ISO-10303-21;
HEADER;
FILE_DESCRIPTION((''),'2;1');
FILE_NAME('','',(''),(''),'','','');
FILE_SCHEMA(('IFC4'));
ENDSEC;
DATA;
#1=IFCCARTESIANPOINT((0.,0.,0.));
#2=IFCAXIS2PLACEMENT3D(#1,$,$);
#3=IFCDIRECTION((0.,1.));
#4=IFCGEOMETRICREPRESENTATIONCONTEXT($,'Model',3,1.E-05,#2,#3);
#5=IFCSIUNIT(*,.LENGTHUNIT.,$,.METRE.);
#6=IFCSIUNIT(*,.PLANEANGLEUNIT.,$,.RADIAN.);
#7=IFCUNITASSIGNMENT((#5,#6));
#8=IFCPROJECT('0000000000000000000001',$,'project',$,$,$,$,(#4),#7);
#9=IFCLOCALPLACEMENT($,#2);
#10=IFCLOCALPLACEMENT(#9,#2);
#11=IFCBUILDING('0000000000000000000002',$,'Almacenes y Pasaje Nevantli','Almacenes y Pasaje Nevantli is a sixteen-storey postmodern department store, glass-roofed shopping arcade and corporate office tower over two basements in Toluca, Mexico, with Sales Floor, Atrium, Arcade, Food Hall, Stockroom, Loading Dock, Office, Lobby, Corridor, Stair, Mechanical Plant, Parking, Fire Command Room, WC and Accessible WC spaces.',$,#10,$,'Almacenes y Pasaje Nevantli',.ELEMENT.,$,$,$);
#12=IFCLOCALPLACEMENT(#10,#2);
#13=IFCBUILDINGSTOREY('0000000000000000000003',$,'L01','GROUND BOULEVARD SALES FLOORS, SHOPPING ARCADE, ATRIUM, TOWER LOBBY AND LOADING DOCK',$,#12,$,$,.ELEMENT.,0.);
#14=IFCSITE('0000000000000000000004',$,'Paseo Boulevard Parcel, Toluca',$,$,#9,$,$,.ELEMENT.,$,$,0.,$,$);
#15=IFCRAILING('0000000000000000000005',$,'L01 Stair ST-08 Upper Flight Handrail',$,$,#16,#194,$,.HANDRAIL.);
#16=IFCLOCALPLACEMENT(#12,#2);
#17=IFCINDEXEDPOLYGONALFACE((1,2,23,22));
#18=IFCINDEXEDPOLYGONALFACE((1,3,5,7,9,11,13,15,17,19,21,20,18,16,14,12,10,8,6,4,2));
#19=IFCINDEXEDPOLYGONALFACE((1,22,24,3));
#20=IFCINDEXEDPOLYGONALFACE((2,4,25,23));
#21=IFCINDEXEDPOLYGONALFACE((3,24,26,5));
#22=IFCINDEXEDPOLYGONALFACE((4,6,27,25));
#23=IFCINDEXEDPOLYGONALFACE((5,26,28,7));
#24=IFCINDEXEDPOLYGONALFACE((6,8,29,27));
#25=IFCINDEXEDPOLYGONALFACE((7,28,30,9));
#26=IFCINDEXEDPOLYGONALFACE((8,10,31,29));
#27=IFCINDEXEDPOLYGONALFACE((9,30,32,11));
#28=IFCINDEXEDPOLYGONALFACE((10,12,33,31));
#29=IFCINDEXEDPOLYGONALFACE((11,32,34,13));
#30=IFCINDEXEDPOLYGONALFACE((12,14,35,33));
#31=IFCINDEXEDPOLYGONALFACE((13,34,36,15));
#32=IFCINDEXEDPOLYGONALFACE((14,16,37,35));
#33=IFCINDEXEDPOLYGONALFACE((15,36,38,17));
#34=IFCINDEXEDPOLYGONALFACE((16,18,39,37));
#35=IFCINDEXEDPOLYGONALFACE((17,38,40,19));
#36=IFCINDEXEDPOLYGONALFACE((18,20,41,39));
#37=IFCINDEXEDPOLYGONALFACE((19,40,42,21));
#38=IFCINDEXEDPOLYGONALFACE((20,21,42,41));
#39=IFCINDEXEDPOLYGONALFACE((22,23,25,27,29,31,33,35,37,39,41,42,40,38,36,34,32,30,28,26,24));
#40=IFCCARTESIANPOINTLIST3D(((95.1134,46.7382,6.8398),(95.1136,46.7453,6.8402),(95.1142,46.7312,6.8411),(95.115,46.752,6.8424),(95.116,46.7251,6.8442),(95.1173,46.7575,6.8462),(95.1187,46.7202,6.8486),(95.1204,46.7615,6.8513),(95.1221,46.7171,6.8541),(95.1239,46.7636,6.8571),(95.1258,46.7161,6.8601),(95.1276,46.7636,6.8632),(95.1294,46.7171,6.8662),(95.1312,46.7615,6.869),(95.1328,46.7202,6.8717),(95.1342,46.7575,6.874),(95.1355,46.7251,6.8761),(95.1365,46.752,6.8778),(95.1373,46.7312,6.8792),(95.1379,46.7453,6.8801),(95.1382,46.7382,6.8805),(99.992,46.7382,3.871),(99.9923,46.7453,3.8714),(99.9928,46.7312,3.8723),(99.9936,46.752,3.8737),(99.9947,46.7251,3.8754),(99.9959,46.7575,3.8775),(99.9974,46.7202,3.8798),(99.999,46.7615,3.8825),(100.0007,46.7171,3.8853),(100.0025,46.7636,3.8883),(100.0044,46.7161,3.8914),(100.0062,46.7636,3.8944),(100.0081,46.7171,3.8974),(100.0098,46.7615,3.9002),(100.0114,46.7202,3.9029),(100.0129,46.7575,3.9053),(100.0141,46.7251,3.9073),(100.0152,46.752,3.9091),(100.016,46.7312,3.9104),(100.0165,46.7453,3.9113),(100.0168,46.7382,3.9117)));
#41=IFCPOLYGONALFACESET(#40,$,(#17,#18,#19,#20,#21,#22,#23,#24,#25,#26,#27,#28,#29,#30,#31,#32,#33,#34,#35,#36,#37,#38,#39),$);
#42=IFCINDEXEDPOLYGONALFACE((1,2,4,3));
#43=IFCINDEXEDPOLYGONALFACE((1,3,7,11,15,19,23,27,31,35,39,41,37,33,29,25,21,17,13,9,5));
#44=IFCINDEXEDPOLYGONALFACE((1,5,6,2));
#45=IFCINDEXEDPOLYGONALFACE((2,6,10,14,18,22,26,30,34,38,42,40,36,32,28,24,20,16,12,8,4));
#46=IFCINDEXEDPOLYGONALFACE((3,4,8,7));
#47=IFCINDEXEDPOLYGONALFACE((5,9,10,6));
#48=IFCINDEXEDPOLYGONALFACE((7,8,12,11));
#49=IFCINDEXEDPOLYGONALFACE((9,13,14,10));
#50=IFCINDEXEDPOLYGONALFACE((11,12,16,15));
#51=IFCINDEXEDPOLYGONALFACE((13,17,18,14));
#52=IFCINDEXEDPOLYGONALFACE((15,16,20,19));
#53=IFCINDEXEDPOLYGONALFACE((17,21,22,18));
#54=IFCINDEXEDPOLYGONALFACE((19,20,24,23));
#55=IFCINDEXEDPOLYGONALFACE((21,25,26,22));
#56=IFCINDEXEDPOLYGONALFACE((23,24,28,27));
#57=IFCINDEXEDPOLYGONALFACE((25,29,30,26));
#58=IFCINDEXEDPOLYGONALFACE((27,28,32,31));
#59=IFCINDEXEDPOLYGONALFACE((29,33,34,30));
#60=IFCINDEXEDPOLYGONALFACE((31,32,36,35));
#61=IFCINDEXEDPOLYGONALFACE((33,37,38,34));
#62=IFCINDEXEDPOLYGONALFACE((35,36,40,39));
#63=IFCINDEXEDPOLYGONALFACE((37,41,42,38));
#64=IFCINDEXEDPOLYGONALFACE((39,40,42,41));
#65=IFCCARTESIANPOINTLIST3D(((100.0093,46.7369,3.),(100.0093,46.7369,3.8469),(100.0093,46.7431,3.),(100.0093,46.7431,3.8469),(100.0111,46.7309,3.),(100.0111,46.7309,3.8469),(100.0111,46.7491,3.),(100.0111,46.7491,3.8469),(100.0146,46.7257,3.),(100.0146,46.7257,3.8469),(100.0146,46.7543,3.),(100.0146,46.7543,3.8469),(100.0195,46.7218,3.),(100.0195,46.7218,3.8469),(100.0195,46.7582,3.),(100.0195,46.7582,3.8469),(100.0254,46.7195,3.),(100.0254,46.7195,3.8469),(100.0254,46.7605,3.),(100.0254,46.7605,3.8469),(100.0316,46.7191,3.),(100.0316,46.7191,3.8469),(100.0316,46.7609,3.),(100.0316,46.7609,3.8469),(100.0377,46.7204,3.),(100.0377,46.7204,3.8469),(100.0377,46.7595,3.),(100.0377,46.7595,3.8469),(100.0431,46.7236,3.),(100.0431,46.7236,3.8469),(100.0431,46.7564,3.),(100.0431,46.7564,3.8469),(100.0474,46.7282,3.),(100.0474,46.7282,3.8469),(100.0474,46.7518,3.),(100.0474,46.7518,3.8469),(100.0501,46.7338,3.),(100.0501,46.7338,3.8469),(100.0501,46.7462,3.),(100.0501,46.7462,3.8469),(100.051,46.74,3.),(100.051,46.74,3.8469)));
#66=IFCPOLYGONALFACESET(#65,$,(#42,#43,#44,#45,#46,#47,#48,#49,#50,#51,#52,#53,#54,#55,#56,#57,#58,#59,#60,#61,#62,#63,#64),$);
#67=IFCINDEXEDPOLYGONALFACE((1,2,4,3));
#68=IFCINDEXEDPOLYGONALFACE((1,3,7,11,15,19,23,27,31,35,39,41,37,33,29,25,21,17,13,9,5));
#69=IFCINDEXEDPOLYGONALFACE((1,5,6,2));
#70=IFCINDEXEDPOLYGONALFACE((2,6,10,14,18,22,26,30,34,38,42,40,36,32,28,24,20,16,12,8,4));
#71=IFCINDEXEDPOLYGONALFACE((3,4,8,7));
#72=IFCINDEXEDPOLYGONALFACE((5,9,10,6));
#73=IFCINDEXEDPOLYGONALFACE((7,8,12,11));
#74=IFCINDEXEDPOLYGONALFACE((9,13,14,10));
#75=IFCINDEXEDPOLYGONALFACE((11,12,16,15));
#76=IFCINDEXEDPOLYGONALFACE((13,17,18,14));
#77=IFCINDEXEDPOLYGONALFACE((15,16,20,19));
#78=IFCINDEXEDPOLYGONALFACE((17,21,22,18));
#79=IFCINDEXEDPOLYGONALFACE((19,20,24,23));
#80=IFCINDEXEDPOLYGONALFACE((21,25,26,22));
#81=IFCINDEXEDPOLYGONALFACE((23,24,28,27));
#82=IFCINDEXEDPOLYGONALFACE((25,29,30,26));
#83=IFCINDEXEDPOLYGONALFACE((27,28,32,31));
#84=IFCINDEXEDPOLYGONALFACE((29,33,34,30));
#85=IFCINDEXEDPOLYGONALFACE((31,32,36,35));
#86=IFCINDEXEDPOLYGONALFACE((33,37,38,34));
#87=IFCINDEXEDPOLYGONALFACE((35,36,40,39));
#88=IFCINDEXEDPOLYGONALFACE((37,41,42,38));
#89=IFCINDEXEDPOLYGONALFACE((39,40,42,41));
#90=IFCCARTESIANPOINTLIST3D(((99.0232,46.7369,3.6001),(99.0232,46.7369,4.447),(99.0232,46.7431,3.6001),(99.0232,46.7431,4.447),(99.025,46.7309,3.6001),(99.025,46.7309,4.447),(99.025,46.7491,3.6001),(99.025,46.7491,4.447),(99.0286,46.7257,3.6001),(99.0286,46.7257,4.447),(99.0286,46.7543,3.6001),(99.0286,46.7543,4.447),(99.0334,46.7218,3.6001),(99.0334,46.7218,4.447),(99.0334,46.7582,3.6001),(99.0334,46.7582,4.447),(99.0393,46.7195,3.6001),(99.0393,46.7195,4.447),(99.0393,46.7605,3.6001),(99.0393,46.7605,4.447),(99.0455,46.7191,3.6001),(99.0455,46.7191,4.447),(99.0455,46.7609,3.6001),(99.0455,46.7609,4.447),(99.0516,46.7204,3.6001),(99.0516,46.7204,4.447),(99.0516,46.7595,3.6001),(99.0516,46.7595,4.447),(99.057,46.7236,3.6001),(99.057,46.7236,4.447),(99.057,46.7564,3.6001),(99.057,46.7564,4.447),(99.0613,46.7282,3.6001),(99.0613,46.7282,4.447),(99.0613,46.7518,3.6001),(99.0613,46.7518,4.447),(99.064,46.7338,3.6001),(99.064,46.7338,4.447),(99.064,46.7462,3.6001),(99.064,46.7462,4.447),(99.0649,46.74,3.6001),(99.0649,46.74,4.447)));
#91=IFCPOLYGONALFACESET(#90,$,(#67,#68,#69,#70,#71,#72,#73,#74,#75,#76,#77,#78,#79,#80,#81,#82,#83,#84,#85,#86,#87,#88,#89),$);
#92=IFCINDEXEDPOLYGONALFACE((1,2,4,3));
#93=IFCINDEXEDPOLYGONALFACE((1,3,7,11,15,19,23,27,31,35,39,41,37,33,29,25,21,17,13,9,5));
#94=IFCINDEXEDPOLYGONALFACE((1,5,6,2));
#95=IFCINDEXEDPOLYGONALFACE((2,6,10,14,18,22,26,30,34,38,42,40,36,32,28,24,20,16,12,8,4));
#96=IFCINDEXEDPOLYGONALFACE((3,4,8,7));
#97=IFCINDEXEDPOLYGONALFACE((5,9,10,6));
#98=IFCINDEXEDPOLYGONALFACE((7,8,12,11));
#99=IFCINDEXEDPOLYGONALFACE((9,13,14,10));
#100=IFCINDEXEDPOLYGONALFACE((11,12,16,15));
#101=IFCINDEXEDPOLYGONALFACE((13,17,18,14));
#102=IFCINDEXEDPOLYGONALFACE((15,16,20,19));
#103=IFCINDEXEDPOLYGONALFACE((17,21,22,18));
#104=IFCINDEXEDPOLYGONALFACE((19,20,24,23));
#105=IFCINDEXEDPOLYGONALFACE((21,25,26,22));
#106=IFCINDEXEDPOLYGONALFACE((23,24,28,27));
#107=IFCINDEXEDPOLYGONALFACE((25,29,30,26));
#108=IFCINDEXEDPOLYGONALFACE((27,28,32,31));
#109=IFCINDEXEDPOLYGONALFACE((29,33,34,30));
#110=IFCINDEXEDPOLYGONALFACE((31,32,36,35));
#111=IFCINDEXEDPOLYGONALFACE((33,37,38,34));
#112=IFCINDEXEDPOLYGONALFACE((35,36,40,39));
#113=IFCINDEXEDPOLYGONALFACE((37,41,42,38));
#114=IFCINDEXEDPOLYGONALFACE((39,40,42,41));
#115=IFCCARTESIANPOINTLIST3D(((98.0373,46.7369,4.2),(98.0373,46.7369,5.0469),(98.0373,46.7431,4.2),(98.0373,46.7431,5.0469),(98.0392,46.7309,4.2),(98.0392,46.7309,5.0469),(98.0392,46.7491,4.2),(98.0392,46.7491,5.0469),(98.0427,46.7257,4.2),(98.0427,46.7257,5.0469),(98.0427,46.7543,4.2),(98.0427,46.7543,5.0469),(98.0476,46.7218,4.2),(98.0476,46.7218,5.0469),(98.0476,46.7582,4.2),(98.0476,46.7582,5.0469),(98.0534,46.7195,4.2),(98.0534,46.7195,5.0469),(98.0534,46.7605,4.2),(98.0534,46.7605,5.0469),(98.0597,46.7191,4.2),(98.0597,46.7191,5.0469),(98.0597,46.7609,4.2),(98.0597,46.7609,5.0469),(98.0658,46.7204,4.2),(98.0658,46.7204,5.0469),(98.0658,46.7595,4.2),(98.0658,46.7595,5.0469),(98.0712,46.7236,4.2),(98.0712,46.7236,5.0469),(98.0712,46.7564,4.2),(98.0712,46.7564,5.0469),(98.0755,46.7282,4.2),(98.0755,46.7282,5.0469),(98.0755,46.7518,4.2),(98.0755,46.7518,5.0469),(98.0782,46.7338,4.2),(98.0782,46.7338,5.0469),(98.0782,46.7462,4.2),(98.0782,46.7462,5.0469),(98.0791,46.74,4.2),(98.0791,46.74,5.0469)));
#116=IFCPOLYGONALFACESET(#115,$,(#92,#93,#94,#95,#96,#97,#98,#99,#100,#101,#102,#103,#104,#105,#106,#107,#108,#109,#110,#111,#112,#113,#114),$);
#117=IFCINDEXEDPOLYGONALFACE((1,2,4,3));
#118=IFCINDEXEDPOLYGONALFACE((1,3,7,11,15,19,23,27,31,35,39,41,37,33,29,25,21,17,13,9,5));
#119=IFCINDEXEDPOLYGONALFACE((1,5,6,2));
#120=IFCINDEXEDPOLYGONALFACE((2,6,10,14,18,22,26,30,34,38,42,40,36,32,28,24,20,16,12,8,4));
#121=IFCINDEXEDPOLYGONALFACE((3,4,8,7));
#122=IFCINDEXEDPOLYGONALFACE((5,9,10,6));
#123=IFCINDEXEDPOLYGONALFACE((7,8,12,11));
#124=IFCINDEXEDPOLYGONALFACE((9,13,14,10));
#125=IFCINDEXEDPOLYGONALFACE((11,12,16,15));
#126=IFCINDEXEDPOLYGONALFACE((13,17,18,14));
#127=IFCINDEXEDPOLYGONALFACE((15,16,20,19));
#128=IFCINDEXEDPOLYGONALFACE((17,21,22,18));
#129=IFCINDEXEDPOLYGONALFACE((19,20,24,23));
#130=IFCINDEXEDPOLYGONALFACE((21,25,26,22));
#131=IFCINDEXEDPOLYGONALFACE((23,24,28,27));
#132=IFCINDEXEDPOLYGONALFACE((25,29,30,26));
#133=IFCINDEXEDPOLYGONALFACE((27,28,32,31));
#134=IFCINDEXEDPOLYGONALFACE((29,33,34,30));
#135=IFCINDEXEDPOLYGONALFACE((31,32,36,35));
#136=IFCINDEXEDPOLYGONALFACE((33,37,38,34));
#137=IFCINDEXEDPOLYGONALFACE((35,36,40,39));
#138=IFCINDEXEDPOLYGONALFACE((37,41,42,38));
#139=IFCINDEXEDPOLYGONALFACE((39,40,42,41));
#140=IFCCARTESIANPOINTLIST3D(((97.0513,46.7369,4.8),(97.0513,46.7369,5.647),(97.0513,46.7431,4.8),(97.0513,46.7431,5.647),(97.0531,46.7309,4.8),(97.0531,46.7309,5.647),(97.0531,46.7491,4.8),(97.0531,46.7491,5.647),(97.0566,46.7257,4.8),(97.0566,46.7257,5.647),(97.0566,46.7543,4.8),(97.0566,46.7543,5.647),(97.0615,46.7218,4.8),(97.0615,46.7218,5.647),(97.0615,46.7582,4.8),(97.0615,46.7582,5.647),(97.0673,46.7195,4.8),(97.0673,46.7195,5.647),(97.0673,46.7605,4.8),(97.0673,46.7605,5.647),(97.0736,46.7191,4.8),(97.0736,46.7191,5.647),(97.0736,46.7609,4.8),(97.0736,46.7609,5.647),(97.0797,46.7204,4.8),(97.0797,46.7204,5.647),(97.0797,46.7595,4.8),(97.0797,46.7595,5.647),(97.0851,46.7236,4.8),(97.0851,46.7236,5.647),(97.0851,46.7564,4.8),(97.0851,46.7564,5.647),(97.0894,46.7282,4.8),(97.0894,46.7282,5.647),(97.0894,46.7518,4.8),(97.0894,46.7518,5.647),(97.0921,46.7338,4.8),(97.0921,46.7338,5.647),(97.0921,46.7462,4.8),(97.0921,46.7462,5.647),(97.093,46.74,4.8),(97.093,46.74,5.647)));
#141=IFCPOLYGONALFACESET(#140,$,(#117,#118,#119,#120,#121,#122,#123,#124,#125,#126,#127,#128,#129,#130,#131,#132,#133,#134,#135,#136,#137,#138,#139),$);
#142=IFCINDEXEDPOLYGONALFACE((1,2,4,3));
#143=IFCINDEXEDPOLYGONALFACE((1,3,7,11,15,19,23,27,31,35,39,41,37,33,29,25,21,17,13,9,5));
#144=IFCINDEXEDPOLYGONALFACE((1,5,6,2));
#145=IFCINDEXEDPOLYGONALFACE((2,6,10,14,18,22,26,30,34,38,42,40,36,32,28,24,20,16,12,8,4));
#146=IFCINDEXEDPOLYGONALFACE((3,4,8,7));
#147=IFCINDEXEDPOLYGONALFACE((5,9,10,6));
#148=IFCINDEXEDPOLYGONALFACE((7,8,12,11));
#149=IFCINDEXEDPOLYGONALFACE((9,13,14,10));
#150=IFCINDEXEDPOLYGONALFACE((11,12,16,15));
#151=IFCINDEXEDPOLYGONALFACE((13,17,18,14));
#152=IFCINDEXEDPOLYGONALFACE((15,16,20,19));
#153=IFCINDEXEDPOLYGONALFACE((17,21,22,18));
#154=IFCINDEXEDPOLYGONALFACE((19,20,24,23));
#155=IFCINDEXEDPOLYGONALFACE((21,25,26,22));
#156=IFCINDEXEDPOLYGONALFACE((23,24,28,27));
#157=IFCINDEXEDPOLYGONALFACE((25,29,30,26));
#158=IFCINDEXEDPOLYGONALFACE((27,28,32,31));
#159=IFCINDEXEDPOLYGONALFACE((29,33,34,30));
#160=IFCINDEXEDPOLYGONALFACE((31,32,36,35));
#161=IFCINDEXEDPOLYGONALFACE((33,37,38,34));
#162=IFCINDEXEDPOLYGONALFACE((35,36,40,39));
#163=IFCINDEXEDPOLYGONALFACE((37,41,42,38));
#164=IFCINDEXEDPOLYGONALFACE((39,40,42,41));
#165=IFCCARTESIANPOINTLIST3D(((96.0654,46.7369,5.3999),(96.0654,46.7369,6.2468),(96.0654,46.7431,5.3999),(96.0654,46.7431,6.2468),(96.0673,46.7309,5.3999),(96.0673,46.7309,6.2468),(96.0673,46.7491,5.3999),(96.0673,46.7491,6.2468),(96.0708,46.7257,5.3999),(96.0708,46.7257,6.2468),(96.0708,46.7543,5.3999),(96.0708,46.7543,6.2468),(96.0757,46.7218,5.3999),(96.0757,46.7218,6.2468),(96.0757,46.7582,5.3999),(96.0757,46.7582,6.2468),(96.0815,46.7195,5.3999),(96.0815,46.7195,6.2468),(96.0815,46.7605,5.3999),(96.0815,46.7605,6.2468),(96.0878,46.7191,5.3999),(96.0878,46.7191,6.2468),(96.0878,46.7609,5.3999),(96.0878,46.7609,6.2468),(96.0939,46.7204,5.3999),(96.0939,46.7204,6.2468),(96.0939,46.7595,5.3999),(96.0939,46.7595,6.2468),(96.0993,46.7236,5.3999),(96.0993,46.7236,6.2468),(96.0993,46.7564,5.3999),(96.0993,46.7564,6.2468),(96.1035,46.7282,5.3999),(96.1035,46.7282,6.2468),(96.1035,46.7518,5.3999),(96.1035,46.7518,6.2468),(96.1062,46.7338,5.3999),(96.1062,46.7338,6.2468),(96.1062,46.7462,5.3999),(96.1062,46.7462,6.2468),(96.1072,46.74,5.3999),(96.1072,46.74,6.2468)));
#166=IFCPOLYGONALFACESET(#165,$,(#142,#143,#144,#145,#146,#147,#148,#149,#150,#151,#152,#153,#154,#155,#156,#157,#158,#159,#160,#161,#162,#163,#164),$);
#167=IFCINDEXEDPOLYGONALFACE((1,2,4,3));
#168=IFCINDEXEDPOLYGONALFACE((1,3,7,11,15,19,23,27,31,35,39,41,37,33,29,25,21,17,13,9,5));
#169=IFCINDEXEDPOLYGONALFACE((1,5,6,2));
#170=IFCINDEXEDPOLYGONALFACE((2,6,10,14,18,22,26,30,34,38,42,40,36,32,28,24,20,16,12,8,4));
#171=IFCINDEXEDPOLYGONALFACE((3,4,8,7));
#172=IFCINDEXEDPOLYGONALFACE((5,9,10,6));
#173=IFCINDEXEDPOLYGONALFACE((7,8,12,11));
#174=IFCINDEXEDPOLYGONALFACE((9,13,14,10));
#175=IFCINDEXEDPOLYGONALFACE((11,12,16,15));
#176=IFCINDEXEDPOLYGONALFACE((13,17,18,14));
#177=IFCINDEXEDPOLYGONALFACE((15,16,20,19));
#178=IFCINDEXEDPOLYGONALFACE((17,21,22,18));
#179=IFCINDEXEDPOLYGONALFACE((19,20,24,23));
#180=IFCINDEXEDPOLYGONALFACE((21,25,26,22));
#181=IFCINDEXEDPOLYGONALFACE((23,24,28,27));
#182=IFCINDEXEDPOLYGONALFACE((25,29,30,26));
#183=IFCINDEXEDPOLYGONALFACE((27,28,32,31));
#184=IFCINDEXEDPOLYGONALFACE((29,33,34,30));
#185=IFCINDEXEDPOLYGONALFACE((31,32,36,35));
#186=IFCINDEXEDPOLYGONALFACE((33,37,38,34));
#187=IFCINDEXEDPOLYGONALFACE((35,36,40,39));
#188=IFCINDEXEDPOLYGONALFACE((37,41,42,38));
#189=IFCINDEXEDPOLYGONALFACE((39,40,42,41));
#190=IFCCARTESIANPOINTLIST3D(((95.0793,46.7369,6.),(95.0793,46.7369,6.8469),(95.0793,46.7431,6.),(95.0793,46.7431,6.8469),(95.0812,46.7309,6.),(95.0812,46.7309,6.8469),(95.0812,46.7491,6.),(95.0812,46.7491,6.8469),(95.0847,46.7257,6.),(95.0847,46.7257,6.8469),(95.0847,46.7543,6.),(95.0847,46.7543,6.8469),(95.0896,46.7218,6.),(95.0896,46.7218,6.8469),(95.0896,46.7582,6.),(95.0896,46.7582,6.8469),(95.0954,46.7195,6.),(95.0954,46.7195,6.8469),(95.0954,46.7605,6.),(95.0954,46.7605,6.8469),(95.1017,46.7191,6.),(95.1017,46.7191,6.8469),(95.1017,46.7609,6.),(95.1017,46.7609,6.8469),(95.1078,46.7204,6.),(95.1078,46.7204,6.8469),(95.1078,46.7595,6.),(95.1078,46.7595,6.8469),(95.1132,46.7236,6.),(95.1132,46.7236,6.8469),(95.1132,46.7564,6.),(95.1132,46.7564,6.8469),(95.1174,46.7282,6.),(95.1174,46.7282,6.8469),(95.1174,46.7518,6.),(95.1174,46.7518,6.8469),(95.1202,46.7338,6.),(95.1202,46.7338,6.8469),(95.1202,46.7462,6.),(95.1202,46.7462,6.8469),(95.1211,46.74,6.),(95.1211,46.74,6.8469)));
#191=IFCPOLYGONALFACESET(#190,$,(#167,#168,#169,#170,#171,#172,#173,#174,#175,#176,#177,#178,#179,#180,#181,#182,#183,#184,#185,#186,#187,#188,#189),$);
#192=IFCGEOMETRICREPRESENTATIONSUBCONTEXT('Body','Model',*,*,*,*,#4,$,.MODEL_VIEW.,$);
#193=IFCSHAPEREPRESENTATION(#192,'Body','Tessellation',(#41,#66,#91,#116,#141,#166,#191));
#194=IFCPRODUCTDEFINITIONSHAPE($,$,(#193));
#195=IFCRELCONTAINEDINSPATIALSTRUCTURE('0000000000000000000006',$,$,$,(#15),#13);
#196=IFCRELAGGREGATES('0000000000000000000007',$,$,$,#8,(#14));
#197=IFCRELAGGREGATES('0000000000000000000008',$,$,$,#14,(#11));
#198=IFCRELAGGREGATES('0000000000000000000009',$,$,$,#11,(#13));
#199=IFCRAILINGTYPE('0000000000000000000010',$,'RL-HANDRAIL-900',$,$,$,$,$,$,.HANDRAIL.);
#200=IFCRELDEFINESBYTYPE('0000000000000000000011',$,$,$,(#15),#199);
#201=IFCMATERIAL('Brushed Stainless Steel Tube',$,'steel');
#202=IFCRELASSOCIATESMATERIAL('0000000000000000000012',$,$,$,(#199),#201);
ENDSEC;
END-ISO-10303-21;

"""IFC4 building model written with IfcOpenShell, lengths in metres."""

from ifc_helpers import new_model, si_unit, direction, frame, origin, origin_2d, place, context, subcontext, project, spatial, circle, extrude, material, type_object, element, save


model = new_model("IFC4")

# Units and contexts
model_context = context("Model", 3, precision=1e-05, world=origin(), true_north=direction((0.0, 1.0)))
body_context = subcontext(model_context, "Body", "Model", "MODEL_VIEW")
ifc_project = project(units=[si_unit("LENGTHUNIT", "METRE"), si_unit("PLANEANGLEUNIT", "RADIAN")], contexts=[model_context])

# Site, building, storey
site_placement = place(None, origin())
site = spatial("IfcSite", under=ifc_project, at=site_placement, Name="Paseo Boulevard Parcel, Toluca", CompositionType="ELEMENT", RefElevation=0.0)
building_placement = place(site_placement, origin())
building = spatial("IfcBuilding", under=site, at=building_placement, Name="Almacenes y Pasaje Nevantli", Description="Almacenes y Pasaje Nevantli is a sixteen-storey postmodern department store, glass-roofed shopping arcade and corporate office tower over two basements in Toluca, Mexico, with Sales Floor, Atrium, Arcade, Food Hall, Stockroom, Loading Dock, Office, Lobby, Corridor, Stair, Mechanical Plant, Parking, Fire Command Room, WC and Accessible WC spaces.", LongName="Almacenes y Pasaje Nevantli", CompositionType="ELEMENT")
storey_placement = place(building_placement, origin())
storey = spatial("IfcBuildingStorey", under=building, at=storey_placement, Name="L01", Description="GROUND BOULEVARD SALES FLOORS, SHOPPING ARCADE, ATRIUM, TOWER LOBBY AND LOADING DOCK", CompositionType="ELEMENT", Elevation=0.0)

# Railing
ifc_material_1 = material(Name="Brushed Stainless Steel Tube", Category="steel")
railing_type_1 = type_object("IfcRailingType", Name="RL-HANDRAIL-900", PredefinedType="HANDRAIL", material=ifc_material_1)
railing_1_placement = place(storey_placement, frame((100.03, 46.74, 3.0)))
element("IfcRailing", 1, at=railing_1_placement, inside=storey, type_object=railing_type_1, Name="L01 Stair ST-08 Upper Flight Handrail", PredefinedType="HANDRAIL", context=body_context, shape_type="SweptSolid", body=[
    extrude(circle(Radius=0.0239, at=origin_2d()), frame((-0.0256, 0.0, 0.8914), z_axis=(-0.854262, 0.0, 0.519842), x_axis=(0.0, -1.0, 0.0)), (0.0, 0.0, 1.0), 5.7109),
    extrude(circle(Radius=0.021, at=origin_2d()), origin(), (0.0, 0.0, 1.0), 0.8469),
    extrude(circle(Radius=0.021, at=origin_2d()), frame((-0.9861, 0.0, 0.6001)), (0.0, 0.0, 1.0), 0.8469),
    extrude(circle(Radius=0.021, at=origin_2d()), frame((-1.9719, 0.0, 1.2)), (0.0, 0.0, 1.0), 0.8469),
    extrude(circle(Radius=0.021, at=origin_2d()), frame((-2.958, 0.0, 1.8)), (0.0, 0.0, 1.0), 0.8469),
    extrude(circle(Radius=0.021, at=origin_2d()), frame((-3.9438, 0.0, 2.3999)), (0.0, 0.0, 1.0), 0.8469),
    extrude(circle(Radius=0.021, at=origin_2d()), frame((-4.9299, 0.0, 3.0)), (0.0, 0.0, 1.0), 0.8469),
])

save(model, "model.ifc")
